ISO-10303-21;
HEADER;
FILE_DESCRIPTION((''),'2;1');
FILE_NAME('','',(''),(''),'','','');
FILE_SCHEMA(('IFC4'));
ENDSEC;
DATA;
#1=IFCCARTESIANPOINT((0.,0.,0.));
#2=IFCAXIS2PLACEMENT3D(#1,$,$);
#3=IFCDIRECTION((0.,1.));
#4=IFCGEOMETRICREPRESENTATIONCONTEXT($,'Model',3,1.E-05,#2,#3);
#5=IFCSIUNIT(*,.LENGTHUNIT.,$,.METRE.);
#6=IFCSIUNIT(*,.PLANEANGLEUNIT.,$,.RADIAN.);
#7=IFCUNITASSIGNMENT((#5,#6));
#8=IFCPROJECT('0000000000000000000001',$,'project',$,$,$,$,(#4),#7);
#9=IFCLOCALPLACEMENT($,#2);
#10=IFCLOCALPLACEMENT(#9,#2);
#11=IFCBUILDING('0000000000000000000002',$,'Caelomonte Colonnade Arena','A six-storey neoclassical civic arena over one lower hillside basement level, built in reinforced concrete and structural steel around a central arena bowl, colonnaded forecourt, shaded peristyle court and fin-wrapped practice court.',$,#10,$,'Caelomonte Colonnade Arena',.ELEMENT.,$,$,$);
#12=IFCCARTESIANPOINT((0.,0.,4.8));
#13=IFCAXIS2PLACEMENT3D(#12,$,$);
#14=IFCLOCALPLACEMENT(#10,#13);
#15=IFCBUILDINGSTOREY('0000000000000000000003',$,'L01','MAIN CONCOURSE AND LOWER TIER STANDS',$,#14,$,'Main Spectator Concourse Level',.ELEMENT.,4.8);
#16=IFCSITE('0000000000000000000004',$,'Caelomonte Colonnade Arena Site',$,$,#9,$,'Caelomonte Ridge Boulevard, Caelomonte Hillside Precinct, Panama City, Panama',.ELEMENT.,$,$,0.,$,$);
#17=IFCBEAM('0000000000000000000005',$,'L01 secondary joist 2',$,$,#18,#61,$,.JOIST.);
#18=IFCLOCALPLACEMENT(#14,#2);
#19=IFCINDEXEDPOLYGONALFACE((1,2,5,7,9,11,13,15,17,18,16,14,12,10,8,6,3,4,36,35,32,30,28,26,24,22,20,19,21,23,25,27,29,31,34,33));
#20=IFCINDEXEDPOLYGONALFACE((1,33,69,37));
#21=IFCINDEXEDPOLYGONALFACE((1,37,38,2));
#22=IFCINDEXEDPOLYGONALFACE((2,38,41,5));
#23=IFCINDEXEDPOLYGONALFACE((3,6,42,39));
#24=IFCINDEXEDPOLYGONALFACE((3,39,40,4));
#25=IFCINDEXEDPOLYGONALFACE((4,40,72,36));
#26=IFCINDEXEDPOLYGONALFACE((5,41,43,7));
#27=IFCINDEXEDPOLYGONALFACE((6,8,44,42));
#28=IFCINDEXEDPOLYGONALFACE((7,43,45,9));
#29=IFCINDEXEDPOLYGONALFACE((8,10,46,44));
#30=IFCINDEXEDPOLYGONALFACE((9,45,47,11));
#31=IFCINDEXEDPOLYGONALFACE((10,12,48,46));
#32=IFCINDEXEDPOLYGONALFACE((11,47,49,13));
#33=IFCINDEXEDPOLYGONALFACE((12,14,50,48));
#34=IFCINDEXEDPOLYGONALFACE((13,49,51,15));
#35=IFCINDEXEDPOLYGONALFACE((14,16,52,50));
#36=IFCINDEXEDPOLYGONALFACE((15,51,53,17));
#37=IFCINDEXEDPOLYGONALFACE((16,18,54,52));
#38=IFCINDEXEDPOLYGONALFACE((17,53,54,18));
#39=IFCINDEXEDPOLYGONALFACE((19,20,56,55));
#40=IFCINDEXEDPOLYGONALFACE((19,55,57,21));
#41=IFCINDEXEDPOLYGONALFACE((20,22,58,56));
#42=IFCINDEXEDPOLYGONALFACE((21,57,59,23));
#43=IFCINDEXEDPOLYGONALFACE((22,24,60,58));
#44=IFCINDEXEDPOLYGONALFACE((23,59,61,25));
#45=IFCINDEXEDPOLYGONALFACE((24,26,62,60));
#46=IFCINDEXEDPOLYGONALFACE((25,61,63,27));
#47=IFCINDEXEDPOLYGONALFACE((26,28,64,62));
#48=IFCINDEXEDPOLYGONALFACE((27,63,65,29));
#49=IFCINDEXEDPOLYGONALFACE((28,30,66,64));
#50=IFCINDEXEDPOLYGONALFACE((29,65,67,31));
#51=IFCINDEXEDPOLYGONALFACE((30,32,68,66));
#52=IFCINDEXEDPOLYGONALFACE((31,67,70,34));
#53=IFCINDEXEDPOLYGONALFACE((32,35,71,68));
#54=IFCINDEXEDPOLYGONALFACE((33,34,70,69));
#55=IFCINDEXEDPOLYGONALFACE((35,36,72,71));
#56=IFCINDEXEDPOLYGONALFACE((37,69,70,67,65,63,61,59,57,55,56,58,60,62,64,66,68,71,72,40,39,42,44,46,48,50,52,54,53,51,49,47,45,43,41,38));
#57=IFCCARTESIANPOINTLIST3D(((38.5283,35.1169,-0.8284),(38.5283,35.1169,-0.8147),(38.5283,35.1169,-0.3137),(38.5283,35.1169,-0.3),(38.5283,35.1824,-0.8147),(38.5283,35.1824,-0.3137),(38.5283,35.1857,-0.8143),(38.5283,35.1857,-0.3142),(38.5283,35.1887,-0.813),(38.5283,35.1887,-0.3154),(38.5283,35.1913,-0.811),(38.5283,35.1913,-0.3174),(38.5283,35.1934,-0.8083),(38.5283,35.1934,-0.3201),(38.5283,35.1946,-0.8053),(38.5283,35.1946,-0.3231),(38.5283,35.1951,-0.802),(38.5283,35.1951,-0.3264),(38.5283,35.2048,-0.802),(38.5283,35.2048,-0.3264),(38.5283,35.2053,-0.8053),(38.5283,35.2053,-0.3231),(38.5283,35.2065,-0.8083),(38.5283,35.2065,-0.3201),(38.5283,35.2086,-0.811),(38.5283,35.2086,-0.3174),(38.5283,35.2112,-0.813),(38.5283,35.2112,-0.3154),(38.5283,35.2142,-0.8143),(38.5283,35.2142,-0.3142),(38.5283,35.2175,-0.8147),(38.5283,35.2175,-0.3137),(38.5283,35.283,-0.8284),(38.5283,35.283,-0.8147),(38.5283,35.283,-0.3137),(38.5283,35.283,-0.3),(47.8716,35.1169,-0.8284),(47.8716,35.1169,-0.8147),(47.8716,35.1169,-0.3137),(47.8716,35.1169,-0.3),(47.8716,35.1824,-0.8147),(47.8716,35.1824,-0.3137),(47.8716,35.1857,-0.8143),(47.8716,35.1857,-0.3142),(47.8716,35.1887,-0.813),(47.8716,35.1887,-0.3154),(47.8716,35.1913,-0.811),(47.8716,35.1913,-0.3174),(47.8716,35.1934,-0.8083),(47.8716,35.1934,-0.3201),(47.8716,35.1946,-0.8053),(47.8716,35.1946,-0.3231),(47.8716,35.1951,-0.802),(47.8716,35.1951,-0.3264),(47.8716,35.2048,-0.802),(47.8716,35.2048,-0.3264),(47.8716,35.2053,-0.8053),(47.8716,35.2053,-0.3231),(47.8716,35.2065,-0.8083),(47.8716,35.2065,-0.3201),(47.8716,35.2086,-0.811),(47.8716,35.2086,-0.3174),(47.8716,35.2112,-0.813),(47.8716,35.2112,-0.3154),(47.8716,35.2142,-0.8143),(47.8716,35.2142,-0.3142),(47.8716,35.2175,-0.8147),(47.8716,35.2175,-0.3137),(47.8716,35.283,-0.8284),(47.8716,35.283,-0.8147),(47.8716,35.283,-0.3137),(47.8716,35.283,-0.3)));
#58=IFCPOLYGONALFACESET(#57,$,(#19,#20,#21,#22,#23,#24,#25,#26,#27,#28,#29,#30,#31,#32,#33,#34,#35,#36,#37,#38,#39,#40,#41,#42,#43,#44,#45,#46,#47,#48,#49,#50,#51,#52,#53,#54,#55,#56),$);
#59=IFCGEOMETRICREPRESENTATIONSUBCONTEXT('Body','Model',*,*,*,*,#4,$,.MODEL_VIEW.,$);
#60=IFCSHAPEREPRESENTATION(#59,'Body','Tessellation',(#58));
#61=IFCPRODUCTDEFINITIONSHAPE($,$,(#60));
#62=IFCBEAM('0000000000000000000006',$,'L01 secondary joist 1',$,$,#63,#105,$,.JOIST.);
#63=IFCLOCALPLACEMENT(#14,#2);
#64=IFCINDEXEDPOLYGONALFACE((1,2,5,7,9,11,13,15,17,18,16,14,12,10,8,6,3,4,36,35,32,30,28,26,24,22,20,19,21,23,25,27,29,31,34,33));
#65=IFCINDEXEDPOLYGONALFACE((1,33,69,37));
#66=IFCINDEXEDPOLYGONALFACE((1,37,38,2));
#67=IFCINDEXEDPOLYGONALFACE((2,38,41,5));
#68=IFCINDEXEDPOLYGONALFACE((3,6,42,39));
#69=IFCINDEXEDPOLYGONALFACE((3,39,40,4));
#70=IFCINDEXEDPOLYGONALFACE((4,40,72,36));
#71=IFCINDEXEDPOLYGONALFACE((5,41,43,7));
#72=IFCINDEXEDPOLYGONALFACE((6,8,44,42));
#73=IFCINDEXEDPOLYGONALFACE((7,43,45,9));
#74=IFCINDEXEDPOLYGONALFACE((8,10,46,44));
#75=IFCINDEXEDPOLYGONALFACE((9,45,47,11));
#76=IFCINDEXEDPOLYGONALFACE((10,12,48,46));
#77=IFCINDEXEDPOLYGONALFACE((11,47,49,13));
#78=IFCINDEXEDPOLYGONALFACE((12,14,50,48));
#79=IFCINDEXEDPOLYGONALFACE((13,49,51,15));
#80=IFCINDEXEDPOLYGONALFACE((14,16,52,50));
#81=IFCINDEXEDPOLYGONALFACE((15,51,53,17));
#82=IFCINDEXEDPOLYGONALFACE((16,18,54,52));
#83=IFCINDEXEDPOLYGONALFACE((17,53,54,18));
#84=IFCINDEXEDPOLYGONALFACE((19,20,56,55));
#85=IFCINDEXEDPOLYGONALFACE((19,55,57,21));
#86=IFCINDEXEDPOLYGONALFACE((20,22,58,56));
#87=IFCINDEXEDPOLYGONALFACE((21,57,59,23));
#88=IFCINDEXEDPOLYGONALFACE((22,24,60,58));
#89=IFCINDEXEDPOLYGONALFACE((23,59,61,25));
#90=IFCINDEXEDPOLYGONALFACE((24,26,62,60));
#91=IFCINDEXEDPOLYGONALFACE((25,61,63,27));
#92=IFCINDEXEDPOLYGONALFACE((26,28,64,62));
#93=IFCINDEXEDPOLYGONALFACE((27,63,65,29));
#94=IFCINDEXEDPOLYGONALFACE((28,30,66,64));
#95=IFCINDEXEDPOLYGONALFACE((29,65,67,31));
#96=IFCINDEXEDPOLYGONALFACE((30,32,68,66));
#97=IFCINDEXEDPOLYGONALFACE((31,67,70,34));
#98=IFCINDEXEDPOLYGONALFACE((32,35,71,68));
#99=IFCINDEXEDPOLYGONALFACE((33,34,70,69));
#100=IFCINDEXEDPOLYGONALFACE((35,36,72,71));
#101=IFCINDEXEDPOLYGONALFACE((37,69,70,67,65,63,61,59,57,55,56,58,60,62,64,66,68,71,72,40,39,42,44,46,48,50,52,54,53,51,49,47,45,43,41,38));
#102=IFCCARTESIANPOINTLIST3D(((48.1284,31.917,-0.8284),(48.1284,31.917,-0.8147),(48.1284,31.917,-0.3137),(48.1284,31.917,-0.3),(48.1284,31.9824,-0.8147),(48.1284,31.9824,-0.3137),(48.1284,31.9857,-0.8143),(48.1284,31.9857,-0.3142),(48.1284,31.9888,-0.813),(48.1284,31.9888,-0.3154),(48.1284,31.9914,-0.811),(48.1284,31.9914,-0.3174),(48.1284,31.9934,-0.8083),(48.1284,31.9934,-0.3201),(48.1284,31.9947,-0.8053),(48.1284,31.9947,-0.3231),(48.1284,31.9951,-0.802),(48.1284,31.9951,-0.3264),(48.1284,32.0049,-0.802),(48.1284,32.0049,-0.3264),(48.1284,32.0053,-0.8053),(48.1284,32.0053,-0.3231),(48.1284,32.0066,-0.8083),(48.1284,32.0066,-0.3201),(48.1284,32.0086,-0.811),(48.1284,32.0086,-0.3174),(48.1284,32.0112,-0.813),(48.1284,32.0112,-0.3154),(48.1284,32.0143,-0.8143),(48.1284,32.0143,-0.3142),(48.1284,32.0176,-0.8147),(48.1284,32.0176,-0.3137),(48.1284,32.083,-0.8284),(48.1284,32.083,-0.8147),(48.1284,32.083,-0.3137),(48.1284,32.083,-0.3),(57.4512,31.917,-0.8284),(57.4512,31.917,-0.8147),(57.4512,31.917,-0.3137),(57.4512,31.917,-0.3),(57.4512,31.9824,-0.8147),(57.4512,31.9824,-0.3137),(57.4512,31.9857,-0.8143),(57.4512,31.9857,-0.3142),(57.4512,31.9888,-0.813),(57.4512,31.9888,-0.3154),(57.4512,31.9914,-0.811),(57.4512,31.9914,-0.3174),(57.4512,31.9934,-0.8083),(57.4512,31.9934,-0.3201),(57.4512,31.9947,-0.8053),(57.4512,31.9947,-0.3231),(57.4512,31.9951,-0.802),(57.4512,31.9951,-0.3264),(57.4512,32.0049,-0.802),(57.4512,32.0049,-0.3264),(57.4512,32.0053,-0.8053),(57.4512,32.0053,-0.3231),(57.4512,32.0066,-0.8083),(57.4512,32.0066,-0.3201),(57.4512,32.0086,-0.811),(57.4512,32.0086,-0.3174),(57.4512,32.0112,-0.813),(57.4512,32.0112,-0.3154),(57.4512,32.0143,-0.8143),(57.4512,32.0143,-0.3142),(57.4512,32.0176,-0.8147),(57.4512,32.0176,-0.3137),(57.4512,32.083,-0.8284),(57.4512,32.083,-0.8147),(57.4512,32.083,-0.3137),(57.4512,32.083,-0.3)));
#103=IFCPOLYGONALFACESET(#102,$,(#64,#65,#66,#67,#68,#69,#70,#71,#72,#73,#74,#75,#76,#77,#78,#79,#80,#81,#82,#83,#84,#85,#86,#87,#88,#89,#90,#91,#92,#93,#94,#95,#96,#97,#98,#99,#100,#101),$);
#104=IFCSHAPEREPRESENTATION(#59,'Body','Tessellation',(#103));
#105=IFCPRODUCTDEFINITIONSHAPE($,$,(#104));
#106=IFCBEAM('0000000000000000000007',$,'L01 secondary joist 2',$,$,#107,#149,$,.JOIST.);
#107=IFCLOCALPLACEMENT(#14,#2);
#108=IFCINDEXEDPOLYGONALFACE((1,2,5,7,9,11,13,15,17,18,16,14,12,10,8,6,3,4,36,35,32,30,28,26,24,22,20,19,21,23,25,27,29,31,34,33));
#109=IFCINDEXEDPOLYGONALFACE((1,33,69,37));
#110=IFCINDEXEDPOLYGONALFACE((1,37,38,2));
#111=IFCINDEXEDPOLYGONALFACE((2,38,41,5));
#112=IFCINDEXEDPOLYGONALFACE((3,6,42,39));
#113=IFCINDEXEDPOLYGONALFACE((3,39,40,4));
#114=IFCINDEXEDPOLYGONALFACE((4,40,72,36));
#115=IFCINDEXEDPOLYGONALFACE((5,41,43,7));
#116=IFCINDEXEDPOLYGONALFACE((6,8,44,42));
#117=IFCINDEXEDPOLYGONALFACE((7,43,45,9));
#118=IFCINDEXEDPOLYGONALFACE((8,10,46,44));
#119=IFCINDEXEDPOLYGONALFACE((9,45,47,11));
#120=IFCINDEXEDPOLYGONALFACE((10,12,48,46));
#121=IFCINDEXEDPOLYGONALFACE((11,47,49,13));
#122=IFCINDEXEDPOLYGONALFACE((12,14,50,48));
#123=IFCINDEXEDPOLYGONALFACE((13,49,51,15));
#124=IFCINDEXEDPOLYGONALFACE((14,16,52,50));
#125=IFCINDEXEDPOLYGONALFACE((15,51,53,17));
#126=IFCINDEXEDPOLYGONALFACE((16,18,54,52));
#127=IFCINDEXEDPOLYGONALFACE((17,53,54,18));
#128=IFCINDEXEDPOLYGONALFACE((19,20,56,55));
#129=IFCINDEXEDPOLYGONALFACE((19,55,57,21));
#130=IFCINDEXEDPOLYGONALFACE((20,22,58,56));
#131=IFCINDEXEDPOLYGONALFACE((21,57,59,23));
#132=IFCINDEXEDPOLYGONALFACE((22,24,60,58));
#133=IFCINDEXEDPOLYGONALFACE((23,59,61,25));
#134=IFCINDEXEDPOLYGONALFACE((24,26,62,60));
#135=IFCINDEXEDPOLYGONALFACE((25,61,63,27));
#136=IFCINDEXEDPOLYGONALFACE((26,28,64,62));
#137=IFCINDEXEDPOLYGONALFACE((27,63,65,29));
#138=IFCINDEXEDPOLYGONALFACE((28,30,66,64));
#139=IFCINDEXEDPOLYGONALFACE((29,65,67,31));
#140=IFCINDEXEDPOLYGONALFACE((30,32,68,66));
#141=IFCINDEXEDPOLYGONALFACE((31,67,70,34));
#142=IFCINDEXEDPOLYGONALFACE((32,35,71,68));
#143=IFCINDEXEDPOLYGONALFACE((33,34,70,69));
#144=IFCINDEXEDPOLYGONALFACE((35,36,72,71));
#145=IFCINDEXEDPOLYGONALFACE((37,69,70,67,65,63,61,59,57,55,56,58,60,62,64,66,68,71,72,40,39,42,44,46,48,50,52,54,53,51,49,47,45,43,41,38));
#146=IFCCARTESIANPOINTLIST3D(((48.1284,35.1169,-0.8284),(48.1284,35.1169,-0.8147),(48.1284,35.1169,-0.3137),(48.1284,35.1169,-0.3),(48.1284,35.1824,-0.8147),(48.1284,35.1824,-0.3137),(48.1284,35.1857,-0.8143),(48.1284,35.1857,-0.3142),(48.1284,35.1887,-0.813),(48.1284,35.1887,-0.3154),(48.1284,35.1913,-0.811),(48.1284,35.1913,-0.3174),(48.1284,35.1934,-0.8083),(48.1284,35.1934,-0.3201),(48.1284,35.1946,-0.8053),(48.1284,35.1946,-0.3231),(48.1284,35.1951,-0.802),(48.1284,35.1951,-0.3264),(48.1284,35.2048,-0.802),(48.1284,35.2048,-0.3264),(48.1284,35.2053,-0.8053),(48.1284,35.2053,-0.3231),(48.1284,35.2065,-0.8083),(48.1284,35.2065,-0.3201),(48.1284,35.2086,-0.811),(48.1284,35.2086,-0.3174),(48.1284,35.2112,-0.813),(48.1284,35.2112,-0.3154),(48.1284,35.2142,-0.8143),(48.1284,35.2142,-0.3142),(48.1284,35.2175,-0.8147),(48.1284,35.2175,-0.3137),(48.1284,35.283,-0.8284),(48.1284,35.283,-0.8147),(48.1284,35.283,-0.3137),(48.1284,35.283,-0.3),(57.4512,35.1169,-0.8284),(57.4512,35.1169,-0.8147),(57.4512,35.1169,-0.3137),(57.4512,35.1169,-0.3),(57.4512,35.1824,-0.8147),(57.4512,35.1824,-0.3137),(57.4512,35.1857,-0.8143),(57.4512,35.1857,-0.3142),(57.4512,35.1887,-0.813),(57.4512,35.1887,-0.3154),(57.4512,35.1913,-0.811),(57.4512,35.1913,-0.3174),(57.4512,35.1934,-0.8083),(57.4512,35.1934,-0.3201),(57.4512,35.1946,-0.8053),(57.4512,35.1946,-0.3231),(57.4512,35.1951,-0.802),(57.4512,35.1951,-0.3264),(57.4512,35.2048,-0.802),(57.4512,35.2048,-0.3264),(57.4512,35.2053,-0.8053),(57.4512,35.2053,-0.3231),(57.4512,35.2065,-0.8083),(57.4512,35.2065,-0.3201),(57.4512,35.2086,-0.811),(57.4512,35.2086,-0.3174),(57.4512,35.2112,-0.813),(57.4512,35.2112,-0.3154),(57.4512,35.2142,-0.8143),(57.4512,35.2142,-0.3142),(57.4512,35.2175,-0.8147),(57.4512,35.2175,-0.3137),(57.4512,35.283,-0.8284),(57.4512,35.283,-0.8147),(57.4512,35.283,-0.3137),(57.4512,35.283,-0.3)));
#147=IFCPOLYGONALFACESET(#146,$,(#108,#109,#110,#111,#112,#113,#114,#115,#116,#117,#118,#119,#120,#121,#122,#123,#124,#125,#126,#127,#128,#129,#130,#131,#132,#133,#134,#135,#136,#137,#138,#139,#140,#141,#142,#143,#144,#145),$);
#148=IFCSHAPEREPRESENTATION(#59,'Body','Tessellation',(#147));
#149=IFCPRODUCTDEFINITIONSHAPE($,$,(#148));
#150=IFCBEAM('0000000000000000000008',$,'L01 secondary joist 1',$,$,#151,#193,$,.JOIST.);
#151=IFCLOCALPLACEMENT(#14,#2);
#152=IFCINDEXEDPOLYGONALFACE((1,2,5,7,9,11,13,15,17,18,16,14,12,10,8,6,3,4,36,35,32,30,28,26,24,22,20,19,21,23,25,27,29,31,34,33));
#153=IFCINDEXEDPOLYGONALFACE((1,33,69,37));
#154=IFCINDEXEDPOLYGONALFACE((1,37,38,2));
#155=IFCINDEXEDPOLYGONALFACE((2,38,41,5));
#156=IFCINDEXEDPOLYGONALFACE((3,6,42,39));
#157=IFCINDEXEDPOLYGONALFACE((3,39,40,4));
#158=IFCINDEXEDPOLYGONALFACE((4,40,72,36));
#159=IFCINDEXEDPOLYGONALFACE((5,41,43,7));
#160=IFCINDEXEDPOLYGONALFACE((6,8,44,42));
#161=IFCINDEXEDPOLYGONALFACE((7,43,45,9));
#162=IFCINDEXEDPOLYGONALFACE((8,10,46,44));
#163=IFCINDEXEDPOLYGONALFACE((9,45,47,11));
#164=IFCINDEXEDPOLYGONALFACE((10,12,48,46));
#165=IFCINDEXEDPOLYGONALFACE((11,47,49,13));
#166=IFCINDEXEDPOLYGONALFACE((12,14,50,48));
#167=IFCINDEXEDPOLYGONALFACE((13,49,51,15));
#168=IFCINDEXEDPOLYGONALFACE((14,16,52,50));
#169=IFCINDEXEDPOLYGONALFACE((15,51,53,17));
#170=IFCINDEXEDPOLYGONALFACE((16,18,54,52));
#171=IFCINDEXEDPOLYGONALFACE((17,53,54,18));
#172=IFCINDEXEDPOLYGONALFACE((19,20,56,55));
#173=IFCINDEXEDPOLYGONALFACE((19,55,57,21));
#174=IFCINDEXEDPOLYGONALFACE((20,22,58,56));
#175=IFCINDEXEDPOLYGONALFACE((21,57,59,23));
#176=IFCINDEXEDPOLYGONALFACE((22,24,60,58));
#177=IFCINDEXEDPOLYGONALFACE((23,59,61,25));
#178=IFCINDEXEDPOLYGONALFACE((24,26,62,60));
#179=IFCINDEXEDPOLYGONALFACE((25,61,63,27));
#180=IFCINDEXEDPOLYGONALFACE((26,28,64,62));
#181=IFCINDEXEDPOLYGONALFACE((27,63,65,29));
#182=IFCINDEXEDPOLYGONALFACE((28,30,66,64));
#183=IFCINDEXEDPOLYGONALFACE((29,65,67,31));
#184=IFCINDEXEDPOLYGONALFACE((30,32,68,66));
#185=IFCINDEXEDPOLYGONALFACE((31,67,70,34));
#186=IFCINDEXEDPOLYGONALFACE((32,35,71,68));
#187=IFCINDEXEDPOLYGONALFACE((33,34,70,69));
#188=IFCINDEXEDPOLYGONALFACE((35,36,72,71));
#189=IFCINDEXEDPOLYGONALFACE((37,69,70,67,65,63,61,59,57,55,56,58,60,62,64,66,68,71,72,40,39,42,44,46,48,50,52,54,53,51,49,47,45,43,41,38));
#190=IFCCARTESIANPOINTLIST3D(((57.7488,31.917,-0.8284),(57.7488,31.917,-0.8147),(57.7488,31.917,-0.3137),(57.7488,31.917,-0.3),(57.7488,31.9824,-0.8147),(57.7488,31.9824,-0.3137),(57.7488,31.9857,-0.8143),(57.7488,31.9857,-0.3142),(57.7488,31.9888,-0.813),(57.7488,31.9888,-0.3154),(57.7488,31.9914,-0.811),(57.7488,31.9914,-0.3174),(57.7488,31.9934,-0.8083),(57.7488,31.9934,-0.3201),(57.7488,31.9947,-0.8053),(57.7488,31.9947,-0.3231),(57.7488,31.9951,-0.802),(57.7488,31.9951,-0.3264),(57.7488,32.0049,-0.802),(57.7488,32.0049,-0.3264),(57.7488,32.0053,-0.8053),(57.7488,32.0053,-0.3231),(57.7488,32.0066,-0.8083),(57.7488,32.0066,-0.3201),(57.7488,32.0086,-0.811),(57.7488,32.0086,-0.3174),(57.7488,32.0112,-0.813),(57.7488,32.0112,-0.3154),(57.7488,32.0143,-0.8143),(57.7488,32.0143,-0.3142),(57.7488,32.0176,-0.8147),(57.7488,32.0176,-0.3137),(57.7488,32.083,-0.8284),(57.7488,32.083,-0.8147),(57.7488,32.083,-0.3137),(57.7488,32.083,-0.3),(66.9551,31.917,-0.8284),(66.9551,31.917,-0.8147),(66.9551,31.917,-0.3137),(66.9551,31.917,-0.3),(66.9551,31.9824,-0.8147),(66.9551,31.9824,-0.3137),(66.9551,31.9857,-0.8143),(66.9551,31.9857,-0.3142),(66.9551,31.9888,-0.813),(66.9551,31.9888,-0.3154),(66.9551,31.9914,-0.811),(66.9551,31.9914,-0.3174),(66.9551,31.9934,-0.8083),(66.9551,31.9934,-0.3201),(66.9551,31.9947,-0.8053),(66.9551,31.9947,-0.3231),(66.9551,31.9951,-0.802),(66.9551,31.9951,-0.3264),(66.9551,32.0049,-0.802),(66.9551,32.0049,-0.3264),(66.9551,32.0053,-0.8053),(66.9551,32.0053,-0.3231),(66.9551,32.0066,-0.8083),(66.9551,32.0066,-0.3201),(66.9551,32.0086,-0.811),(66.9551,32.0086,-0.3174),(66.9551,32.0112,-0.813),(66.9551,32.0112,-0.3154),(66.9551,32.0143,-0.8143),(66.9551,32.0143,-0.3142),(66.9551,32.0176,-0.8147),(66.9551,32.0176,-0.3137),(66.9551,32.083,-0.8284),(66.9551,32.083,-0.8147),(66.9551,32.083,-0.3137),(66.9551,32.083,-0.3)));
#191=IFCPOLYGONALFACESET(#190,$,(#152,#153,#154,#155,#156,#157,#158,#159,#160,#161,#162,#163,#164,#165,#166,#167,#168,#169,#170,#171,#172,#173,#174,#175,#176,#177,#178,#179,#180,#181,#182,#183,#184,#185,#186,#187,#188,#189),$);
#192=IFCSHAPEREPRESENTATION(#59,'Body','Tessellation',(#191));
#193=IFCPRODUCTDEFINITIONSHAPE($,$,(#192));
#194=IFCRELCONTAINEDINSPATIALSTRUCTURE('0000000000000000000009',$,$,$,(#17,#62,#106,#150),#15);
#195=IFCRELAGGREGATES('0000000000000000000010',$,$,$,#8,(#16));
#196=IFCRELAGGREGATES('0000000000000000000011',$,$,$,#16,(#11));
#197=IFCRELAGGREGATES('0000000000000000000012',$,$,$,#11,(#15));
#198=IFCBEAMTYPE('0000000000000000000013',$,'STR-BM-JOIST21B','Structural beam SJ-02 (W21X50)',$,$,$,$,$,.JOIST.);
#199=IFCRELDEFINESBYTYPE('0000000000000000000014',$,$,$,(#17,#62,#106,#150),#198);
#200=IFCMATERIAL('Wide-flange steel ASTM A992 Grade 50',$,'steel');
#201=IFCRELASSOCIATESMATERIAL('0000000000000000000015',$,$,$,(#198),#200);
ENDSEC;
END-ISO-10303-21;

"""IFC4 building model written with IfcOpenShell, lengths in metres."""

from ifc_helpers import new_model, si_unit, direction, frame, origin, origin_2d, place, context, subcontext, project, spatial, i_section, extrude, material, material_profile, profile_set, type_object, element, save


model = new_model("IFC4")

# Units and contexts
model_context = context("Model", 3, precision=1e-05, world=origin(), true_north=direction((0.0, 1.0)))
body_context = subcontext(model_context, "Body", "Model", "MODEL_VIEW")
ifc_project = project(units=[si_unit("LENGTHUNIT", "METRE"), si_unit("PLANEANGLEUNIT", "RADIAN")], contexts=[model_context])

# Site, building, storey
site_placement = place(None, origin())
site = spatial("IfcSite", under=ifc_project, at=site_placement, Name="Caelomonte Colonnade Arena Site", LongName="Caelomonte Ridge Boulevard, Caelomonte Hillside Precinct, Panama City, Panama", CompositionType="ELEMENT", RefElevation=0.0)
building_placement = place(site_placement, origin())
building = spatial("IfcBuilding", under=site, at=building_placement, Name="Caelomonte Colonnade Arena", Description="A six-storey neoclassical civic arena over one lower hillside basement level, built in reinforced concrete and structural steel around a central arena bowl, colonnaded forecourt, shaded peristyle court and fin-wrapped practice court.", LongName="Caelomonte Colonnade Arena", CompositionType="ELEMENT")
storey_placement = place(building_placement, frame((0.0, 0.0, 4.8)))
storey = spatial("IfcBuildingStorey", under=building, at=storey_placement, Name="L01", Description="MAIN CONCOURSE AND LOWER TIER STANDS", LongName="Main Spectator Concourse Level", CompositionType="ELEMENT", Elevation=4.8)

# Shared definitions
ifc_material_1 = material(Name="Wide-flange steel ASTM A992 Grade 50", Category="steel")

# Beams
ifc_material_profile_1 = material_profile(ifc_material_1, i_section(OverallWidth=0.166, OverallDepth=0.5283, WebThickness=0.0098, FlangeThickness=0.0137, FilletRadius=0.0127, at=origin_2d()), Name="W21X50")
ifc_profile_set_1 = profile_set([ifc_material_profile_1], Name="Wide-flange steel ASTM A992 Grade 50")
beam_type_1 = type_object("IfcBeamType", Name="STR-BM-JOIST21B", Description="Structural beam SJ-02 (W21X50)", PredefinedType="JOIST", material=ifc_profile_set_1)
for number, where, z_axis, x_axis, name in (
    (1, (38.5283, 35.2, -0.5642), (1.0, 0.0, 0.0), (0.0, 1.0, 0.0), "L01 secondary joist 2"),
):
    element("IfcBeam", number, at=place(storey_placement, frame(where, z_axis=z_axis, x_axis=x_axis)), inside=storey, type_object=beam_type_1, Name=name, PredefinedType="JOIST", context=body_context, shape_type="SweptSolid", body=[
        extrude(i_section(OverallWidth=0.166, OverallDepth=0.5283, WebThickness=0.0098, FlangeThickness=0.0137, FilletRadius=0.0127, at=origin_2d()), origin(), (0.0, 0.0, 1.0), 9.3433),
    ])
for number, where, z_axis, x_axis, name in (
    (2, (48.1284, 32.0, -0.5642), (1.0, 0.0, 0.0), (0.0, 1.0, 0.0), "L01 secondary joist 1"),
    (3, (48.1284, 35.2, -0.5642), (1.0, 0.0, 0.0), (0.0, 1.0, 0.0), "L01 secondary joist 2"),
):
    element("IfcBeam", number, at=place(storey_placement, frame(where, z_axis=z_axis, x_axis=x_axis)), inside=storey, type_object=beam_type_1, Name=name, PredefinedType="JOIST", context=body_context, shape_type="SweptSolid", body=[
        extrude(i_section(OverallWidth=0.166, OverallDepth=0.5283, WebThickness=0.0098, FlangeThickness=0.0137, FilletRadius=0.0127, at=origin_2d()), origin(), (0.0, 0.0, 1.0), 9.3228),
    ])
for number, where, z_axis, x_axis, name in (
    (4, (57.7488, 32.0, -0.5642), (1.0, 0.0, 0.0), (0.0, 1.0, 0.0), "L01 secondary joist 1"),
):
    element("IfcBeam", number, at=place(storey_placement, frame(where, z_axis=z_axis, x_axis=x_axis)), inside=storey, type_object=beam_type_1, Name=name, PredefinedType="JOIST", context=body_context, shape_type="SweptSolid", body=[
        extrude(i_section(OverallWidth=0.166, OverallDepth=0.5283, WebThickness=0.0098, FlangeThickness=0.0137, FilletRadius=0.0127, at=origin_2d()), origin(), (0.0, 0.0, 1.0), 9.2063),
    ])

save(model, "model.ifc")
